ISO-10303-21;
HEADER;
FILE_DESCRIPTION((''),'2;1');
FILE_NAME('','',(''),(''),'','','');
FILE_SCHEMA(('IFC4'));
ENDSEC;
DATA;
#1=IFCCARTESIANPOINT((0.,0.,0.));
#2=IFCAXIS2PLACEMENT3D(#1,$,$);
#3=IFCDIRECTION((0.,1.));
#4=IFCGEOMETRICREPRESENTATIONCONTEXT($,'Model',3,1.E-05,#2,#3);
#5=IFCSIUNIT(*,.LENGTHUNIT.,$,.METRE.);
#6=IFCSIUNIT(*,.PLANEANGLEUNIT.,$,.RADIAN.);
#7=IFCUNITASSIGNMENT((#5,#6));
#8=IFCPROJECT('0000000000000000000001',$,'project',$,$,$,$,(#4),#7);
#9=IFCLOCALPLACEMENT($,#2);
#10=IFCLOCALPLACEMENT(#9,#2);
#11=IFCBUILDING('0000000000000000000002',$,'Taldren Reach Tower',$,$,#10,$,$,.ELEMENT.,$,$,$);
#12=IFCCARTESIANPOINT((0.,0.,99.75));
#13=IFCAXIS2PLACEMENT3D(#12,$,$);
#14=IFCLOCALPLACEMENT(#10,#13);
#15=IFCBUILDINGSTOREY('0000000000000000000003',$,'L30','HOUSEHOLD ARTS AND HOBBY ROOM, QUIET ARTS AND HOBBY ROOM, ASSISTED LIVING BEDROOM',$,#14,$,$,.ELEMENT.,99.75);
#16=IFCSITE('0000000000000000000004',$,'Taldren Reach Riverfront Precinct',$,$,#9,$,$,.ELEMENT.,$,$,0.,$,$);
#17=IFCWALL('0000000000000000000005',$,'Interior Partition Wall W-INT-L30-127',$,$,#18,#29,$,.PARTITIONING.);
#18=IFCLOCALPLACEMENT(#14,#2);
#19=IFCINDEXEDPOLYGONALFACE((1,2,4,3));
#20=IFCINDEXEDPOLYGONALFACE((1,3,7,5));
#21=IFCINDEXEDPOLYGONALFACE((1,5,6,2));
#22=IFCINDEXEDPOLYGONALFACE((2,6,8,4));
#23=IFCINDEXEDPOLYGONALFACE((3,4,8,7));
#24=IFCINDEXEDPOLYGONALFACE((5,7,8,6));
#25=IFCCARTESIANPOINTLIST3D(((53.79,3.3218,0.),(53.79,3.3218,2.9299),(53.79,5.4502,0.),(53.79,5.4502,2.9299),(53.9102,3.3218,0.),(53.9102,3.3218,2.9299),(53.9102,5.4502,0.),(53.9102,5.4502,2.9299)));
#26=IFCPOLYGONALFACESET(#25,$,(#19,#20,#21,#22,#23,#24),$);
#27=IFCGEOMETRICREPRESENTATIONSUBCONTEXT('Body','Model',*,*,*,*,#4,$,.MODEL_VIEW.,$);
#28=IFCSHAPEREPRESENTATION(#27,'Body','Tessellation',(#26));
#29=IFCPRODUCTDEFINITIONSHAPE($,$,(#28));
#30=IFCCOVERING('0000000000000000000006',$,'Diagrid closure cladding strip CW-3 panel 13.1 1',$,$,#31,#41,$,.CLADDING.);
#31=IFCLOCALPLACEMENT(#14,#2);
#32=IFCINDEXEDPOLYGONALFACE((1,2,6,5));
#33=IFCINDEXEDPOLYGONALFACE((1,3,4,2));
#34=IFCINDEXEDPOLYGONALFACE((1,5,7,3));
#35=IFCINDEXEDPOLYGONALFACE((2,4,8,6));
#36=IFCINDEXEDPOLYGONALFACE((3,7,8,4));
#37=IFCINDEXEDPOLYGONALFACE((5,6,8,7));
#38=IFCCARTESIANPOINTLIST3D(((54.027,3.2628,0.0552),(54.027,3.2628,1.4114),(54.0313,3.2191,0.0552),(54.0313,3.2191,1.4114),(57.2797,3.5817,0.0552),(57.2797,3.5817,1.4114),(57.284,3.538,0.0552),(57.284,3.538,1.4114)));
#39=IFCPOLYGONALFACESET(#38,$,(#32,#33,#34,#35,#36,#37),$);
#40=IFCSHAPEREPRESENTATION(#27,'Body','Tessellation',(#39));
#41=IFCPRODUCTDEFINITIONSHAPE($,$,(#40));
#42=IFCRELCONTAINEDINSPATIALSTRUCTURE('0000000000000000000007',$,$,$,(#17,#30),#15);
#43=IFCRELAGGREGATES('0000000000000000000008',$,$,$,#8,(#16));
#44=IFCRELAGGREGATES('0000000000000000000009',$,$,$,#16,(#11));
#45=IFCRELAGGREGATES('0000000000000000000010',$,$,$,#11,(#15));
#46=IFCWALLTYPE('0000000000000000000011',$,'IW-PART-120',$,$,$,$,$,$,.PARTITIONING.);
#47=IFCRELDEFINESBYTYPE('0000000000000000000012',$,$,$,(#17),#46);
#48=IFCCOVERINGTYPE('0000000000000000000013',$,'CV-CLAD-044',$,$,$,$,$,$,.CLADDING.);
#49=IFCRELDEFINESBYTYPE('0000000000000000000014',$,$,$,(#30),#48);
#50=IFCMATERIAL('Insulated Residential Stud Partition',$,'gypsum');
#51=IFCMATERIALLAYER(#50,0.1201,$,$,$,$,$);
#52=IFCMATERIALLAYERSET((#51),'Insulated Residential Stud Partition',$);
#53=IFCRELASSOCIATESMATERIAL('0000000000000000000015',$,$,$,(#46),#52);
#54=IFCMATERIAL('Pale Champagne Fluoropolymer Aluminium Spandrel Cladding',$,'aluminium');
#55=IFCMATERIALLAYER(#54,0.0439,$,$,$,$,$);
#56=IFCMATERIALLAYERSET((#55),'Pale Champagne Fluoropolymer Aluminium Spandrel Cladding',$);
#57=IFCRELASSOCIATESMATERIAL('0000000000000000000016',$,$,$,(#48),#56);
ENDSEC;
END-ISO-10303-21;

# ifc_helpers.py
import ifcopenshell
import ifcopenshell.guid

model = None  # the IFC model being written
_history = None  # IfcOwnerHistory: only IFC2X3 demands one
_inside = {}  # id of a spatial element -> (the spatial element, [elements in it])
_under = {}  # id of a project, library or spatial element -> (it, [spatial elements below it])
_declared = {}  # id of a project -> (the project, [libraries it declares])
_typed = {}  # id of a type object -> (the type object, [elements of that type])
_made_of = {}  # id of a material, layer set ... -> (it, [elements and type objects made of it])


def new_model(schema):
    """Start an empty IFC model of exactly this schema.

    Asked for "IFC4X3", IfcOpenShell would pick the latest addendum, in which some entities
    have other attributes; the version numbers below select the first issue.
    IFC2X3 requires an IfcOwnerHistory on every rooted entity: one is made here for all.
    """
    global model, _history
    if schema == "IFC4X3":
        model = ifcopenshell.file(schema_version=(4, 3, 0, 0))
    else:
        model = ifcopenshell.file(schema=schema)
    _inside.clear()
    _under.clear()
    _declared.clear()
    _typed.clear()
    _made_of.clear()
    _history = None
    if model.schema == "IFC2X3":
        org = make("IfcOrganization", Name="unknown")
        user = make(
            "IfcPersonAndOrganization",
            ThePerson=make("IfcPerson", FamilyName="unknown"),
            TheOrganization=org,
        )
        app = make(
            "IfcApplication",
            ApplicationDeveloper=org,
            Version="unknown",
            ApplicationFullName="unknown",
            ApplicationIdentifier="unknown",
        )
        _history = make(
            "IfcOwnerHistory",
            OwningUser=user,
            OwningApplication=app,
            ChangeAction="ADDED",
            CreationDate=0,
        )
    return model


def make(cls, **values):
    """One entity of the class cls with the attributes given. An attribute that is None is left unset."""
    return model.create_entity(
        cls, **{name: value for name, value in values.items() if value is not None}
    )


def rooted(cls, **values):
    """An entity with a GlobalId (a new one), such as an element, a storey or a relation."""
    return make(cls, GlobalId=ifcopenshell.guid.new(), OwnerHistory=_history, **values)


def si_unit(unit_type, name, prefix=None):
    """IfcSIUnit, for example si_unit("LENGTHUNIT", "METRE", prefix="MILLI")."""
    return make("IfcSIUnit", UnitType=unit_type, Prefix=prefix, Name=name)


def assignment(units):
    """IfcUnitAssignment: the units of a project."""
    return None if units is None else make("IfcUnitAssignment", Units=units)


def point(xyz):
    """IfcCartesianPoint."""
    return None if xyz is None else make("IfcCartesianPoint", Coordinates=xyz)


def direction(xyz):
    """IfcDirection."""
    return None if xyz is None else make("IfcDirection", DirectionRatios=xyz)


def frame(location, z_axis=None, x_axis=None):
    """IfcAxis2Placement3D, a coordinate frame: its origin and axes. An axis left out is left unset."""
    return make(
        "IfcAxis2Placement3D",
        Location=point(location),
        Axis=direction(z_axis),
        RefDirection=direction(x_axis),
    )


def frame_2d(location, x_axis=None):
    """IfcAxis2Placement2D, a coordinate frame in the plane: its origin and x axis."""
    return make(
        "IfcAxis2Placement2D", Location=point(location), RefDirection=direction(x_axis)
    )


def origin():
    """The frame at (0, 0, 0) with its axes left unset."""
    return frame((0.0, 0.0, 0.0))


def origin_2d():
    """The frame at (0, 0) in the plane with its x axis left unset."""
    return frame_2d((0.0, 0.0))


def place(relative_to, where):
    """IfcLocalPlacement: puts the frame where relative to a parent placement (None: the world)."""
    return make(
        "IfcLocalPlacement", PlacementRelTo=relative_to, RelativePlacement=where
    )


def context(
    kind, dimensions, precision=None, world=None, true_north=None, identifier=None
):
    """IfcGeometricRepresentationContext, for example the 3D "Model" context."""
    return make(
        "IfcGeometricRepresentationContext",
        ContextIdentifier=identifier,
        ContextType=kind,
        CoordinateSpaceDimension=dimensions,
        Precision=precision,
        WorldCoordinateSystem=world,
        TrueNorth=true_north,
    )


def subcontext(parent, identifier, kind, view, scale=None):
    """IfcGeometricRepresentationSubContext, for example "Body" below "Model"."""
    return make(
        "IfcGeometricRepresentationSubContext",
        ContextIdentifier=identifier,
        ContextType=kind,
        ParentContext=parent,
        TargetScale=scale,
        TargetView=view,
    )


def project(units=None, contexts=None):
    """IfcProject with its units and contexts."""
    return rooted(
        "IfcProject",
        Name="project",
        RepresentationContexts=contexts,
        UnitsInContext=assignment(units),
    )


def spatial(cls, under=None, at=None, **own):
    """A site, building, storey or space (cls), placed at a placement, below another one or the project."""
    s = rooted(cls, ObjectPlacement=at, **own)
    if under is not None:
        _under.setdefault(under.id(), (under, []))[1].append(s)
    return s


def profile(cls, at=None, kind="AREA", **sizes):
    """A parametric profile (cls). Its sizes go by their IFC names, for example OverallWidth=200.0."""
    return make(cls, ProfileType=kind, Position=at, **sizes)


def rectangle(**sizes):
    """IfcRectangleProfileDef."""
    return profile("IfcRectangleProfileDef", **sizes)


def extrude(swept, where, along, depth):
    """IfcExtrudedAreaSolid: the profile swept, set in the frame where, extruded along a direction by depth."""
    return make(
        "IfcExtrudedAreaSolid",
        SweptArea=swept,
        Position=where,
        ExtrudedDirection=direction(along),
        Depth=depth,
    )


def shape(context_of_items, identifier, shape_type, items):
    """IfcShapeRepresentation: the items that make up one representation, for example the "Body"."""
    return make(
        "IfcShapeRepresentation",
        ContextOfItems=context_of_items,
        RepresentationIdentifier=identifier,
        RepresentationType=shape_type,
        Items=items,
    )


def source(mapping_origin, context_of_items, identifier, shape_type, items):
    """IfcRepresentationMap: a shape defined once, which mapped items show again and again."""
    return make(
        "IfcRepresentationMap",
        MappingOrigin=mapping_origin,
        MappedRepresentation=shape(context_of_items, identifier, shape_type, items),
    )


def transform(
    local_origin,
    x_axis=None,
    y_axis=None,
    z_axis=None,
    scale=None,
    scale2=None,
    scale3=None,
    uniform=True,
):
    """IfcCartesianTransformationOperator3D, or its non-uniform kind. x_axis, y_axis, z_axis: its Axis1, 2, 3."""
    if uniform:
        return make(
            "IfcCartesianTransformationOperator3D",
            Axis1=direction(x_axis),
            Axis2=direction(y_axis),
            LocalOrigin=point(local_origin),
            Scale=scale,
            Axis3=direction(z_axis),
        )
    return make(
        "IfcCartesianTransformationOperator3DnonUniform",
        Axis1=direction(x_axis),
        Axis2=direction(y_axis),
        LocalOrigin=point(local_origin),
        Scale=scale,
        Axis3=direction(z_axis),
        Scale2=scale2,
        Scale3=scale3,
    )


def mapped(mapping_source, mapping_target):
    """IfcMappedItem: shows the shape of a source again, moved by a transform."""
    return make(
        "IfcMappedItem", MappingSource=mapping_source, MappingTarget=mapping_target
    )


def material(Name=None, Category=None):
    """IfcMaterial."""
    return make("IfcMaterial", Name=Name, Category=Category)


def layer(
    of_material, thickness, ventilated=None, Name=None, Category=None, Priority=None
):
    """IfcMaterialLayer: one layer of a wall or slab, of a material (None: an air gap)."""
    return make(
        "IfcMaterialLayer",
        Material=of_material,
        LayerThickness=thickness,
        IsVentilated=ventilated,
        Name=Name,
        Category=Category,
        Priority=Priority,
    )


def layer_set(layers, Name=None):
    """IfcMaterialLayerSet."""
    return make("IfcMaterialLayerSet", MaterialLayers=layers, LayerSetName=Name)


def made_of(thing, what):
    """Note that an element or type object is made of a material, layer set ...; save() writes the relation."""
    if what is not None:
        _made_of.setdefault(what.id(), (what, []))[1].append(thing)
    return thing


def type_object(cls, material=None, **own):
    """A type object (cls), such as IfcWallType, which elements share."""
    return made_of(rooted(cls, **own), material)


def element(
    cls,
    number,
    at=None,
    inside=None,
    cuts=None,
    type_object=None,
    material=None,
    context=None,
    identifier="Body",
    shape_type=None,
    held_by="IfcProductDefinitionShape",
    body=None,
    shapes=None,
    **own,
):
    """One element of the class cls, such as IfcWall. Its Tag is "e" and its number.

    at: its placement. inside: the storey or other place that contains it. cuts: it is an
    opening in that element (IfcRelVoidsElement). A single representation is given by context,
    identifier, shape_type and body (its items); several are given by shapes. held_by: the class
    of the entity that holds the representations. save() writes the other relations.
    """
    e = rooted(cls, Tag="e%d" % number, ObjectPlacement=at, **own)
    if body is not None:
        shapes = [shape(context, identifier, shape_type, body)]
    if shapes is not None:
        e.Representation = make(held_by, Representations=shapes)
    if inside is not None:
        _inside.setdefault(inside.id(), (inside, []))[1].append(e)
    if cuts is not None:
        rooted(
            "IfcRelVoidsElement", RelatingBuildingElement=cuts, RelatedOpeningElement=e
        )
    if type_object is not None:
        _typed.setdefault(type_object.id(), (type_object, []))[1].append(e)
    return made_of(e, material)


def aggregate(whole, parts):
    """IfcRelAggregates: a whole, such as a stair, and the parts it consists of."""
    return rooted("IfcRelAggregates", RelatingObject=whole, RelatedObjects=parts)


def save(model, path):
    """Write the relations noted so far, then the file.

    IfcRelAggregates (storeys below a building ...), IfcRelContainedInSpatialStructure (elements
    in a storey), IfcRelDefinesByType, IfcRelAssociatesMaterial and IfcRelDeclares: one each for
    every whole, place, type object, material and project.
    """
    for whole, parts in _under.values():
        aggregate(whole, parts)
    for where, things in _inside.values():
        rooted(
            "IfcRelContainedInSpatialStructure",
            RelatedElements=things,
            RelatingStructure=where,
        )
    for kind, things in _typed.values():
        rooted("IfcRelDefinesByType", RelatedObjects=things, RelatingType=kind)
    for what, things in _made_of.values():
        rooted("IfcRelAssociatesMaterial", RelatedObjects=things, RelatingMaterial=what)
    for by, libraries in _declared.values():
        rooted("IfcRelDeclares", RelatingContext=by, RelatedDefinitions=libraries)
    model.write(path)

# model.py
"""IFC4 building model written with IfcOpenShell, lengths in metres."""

from ifc_helpers import new_model, si_unit, direction, frame, frame_2d, origin, origin_2d, place, context, subcontext, project, spatial, rectangle, extrude, source, transform, mapped, material, layer, layer_set, type_object, element, save


model = new_model("IFC4")

# Units and contexts
model_context = context("Model", 3, precision=1e-05, world=origin(), true_north=direction((0.0, 1.0)))
body_context = subcontext(model_context, "Body", "Model", "MODEL_VIEW")
ifc_project = project(units=[si_unit("LENGTHUNIT", "METRE"), si_unit("PLANEANGLEUNIT", "RADIAN")], contexts=[model_context])

# Site, building, storey
site_placement = place(None, origin())
site = spatial("IfcSite", under=ifc_project, at=site_placement, Name="Taldren Reach Riverfront Precinct", CompositionType="ELEMENT", RefElevation=0.0)
building_placement = place(site_placement, origin())
building = spatial("IfcBuilding", under=site, at=building_placement, Name="Taldren Reach Tower", CompositionType="ELEMENT")
storey_placement = place(building_placement, frame((0.0, 0.0, 99.75)))
storey = spatial("IfcBuildingStorey", under=building, at=storey_placement, Name="L30", Description="HOUSEHOLD ARTS AND HOBBY ROOM, QUIET ARTS AND HOBBY ROOM, ASSISTED LIVING BEDROOM", CompositionType="ELEMENT", Elevation=99.75)

# Shared definitions
ifc_material_1 = material(Name="Insulated Residential Stud Partition", Category="gypsum")
ifc_layer_1 = layer(ifc_material_1, 0.1201)
ifc_layer_set_1 = layer_set([ifc_layer_1], Name="Insulated Residential Stud Partition")
wall_type = type_object("IfcWallType", Name="IW-PART-120", PredefinedType="PARTITIONING", material=ifc_layer_set_1)

# Wall
shared_shape_1 = source(origin(), body_context, "Body", "SweptSolid", [
    extrude(rectangle(XDim=2.1284, YDim=0.1201, at=frame_2d((1.0642, 0.0))), origin(), (0.0, 0.0, 1.0), 2.9299),
])
wall_1_placement = place(storey_placement, frame((53.8501, 3.3218, 0.0), z_axis=(0.0, 0.0, 1.0), x_axis=(0.0, 1.0, 0.0)))
element("IfcWall", 1, at=wall_1_placement, inside=storey, type_object=wall_type, Name="Interior Partition Wall W-INT-L30-127", PredefinedType="PARTITIONING", context=body_context, shape_type="MappedRepresentation", body=[
    mapped(shared_shape_1, transform((0.0, 0.0, 0.0), scale=1.0)),
])

# Covering
ifc_material_2 = material(Name="Pale Champagne Fluoropolymer Aluminium Spandrel Cladding", Category="aluminium")
ifc_layer_2 = layer(ifc_material_2, 0.0439)
ifc_layer_set_2 = layer_set([ifc_layer_2], Name="Pale Champagne Fluoropolymer Aluminium Spandrel Cladding")
covering_type = type_object("IfcCoveringType", Name="CV-CLAD-044", PredefinedType="CLADDING", material=ifc_layer_set_2)
shared_shape_2 = source(origin(), body_context, "Body", "SweptSolid", [
    extrude(rectangle(XDim=3.2683, YDim=0.0439, at=origin_2d()), origin(), (0.0, 0.0, 1.0), 1.3562),
])
covering_placement = place(storey_placement, frame((55.6555, 3.4004, 0.0552), z_axis=(0.0, 0.0, 1.0), x_axis=(0.995227, 0.097583, 0.0)))
element("IfcCovering", 2, at=covering_placement, inside=storey, type_object=covering_type, Name="Diagrid closure cladding strip CW-3 panel 13.1 1", PredefinedType="CLADDING", context=body_context, shape_type="MappedRepresentation", body=[
    mapped(shared_shape_2, transform((0.0, 0.0, 0.0), scale=1.0)),
])

save(model, "model.ifc")
